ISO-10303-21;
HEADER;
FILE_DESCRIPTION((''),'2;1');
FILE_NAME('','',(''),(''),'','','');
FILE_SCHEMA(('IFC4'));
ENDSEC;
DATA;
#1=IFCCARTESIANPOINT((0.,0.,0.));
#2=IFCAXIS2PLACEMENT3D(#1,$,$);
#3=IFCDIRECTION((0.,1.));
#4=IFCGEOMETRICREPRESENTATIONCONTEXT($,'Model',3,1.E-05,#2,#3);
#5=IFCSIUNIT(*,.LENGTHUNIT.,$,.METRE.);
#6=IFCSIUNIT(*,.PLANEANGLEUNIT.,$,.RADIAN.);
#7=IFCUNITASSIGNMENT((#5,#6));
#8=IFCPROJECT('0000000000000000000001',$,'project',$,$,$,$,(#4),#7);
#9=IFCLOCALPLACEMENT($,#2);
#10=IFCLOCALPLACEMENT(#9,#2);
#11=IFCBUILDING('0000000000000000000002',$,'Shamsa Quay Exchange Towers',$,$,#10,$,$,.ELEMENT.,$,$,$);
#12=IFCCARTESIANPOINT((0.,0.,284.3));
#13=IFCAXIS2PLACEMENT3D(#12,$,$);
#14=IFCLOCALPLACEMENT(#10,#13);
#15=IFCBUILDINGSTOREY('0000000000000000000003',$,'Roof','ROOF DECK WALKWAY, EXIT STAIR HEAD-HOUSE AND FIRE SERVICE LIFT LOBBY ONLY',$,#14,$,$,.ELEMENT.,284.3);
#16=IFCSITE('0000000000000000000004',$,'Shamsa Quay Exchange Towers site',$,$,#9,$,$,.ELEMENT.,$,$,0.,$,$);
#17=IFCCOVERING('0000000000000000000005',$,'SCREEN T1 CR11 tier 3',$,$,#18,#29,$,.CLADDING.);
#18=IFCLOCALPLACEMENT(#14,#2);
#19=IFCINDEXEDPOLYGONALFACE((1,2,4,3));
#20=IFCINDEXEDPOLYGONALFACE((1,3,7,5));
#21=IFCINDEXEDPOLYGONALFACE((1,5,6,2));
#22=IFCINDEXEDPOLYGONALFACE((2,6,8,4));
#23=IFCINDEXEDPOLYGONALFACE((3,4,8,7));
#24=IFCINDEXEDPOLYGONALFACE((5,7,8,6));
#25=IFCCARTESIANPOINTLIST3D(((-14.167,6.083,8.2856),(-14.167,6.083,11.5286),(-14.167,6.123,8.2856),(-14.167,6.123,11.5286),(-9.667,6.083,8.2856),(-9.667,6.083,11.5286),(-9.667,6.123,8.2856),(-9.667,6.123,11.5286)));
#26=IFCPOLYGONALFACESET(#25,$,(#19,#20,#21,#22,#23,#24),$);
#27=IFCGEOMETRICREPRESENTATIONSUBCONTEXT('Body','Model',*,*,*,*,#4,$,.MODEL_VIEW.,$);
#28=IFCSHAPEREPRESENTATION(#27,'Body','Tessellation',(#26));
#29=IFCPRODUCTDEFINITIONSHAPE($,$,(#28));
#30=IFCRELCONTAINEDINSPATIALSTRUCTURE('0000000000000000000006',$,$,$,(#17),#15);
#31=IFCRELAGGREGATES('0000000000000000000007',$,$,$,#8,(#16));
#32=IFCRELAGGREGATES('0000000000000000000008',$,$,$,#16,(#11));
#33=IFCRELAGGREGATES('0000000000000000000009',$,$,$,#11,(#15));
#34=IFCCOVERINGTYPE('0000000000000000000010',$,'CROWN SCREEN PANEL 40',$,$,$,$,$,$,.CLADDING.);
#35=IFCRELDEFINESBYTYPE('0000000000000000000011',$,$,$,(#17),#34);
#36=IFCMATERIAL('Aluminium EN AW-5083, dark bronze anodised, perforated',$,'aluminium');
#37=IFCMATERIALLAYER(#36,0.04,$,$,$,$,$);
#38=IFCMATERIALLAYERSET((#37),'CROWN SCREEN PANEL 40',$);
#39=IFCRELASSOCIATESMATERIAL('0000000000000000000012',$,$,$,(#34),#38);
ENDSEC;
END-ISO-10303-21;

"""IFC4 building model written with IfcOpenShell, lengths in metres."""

from ifc_helpers import new_model, si_unit, direction, frame, origin, origin_2d, place, context, subcontext, project, spatial, rectangle, extrude, material, layer, layer_set, type_object, element, save


model = new_model("IFC4")

# Units and contexts
model_context = context("Model", 3, precision=1e-05, world=origin(), true_north=direction((0.0, 1.0)))
body_context = subcontext(model_context, "Body", "Model", "MODEL_VIEW")
ifc_project = project(units=[si_unit("LENGTHUNIT", "METRE"), si_unit("PLANEANGLEUNIT", "RADIAN")], contexts=[model_context])

# Site, building, storey
site_placement = place(None, origin())
site = spatial("IfcSite", under=ifc_project, at=site_placement, Name="Shamsa Quay Exchange Towers site", CompositionType="ELEMENT", RefElevation=0.0)
building_placement = place(site_placement, origin())
building = spatial("IfcBuilding", under=site, at=building_placement, Name="Shamsa Quay Exchange Towers", CompositionType="ELEMENT")
storey_placement = place(building_placement, frame((0.0, 0.0, 284.3)))
storey = spatial("IfcBuildingStorey", under=building, at=storey_placement, Name="Roof", Description="ROOF DECK WALKWAY, EXIT STAIR HEAD-HOUSE AND FIRE SERVICE LIFT LOBBY ONLY", CompositionType="ELEMENT", Elevation=284.3)

# Covering
ifc_material_1 = material(Name="Aluminium EN AW-5083, dark bronze anodised, perforated", Category="aluminium")
ifc_layer_1 = layer(ifc_material_1, 0.04)
ifc_layer_set_1 = layer_set([ifc_layer_1], Name="CROWN SCREEN PANEL 40")
covering_type_1 = type_object("IfcCoveringType", Name="CROWN SCREEN PANEL 40", PredefinedType="CLADDING", material=ifc_layer_set_1)
for number, where, z_axis, x_axis, name in (
    (1, (-11.917, 6.103, 8.2856), (0.0, 0.0, 1.0), (-1.0, 0.0, 0.0), "SCREEN T1 CR11 tier 3"),
):
    element("IfcCovering", number, at=place(storey_placement, frame(where, z_axis=z_axis, x_axis=x_axis)), inside=storey, type_object=covering_type_1, Name=name, PredefinedType="CLADDING", context=body_context, shape_type="SweptSolid", body=[
        extrude(rectangle(XDim=4.5, YDim=0.04, at=origin_2d()), origin(), (0.0, 0.0, 1.0), 3.2429),
    ])

save(model, "model.ifc")
